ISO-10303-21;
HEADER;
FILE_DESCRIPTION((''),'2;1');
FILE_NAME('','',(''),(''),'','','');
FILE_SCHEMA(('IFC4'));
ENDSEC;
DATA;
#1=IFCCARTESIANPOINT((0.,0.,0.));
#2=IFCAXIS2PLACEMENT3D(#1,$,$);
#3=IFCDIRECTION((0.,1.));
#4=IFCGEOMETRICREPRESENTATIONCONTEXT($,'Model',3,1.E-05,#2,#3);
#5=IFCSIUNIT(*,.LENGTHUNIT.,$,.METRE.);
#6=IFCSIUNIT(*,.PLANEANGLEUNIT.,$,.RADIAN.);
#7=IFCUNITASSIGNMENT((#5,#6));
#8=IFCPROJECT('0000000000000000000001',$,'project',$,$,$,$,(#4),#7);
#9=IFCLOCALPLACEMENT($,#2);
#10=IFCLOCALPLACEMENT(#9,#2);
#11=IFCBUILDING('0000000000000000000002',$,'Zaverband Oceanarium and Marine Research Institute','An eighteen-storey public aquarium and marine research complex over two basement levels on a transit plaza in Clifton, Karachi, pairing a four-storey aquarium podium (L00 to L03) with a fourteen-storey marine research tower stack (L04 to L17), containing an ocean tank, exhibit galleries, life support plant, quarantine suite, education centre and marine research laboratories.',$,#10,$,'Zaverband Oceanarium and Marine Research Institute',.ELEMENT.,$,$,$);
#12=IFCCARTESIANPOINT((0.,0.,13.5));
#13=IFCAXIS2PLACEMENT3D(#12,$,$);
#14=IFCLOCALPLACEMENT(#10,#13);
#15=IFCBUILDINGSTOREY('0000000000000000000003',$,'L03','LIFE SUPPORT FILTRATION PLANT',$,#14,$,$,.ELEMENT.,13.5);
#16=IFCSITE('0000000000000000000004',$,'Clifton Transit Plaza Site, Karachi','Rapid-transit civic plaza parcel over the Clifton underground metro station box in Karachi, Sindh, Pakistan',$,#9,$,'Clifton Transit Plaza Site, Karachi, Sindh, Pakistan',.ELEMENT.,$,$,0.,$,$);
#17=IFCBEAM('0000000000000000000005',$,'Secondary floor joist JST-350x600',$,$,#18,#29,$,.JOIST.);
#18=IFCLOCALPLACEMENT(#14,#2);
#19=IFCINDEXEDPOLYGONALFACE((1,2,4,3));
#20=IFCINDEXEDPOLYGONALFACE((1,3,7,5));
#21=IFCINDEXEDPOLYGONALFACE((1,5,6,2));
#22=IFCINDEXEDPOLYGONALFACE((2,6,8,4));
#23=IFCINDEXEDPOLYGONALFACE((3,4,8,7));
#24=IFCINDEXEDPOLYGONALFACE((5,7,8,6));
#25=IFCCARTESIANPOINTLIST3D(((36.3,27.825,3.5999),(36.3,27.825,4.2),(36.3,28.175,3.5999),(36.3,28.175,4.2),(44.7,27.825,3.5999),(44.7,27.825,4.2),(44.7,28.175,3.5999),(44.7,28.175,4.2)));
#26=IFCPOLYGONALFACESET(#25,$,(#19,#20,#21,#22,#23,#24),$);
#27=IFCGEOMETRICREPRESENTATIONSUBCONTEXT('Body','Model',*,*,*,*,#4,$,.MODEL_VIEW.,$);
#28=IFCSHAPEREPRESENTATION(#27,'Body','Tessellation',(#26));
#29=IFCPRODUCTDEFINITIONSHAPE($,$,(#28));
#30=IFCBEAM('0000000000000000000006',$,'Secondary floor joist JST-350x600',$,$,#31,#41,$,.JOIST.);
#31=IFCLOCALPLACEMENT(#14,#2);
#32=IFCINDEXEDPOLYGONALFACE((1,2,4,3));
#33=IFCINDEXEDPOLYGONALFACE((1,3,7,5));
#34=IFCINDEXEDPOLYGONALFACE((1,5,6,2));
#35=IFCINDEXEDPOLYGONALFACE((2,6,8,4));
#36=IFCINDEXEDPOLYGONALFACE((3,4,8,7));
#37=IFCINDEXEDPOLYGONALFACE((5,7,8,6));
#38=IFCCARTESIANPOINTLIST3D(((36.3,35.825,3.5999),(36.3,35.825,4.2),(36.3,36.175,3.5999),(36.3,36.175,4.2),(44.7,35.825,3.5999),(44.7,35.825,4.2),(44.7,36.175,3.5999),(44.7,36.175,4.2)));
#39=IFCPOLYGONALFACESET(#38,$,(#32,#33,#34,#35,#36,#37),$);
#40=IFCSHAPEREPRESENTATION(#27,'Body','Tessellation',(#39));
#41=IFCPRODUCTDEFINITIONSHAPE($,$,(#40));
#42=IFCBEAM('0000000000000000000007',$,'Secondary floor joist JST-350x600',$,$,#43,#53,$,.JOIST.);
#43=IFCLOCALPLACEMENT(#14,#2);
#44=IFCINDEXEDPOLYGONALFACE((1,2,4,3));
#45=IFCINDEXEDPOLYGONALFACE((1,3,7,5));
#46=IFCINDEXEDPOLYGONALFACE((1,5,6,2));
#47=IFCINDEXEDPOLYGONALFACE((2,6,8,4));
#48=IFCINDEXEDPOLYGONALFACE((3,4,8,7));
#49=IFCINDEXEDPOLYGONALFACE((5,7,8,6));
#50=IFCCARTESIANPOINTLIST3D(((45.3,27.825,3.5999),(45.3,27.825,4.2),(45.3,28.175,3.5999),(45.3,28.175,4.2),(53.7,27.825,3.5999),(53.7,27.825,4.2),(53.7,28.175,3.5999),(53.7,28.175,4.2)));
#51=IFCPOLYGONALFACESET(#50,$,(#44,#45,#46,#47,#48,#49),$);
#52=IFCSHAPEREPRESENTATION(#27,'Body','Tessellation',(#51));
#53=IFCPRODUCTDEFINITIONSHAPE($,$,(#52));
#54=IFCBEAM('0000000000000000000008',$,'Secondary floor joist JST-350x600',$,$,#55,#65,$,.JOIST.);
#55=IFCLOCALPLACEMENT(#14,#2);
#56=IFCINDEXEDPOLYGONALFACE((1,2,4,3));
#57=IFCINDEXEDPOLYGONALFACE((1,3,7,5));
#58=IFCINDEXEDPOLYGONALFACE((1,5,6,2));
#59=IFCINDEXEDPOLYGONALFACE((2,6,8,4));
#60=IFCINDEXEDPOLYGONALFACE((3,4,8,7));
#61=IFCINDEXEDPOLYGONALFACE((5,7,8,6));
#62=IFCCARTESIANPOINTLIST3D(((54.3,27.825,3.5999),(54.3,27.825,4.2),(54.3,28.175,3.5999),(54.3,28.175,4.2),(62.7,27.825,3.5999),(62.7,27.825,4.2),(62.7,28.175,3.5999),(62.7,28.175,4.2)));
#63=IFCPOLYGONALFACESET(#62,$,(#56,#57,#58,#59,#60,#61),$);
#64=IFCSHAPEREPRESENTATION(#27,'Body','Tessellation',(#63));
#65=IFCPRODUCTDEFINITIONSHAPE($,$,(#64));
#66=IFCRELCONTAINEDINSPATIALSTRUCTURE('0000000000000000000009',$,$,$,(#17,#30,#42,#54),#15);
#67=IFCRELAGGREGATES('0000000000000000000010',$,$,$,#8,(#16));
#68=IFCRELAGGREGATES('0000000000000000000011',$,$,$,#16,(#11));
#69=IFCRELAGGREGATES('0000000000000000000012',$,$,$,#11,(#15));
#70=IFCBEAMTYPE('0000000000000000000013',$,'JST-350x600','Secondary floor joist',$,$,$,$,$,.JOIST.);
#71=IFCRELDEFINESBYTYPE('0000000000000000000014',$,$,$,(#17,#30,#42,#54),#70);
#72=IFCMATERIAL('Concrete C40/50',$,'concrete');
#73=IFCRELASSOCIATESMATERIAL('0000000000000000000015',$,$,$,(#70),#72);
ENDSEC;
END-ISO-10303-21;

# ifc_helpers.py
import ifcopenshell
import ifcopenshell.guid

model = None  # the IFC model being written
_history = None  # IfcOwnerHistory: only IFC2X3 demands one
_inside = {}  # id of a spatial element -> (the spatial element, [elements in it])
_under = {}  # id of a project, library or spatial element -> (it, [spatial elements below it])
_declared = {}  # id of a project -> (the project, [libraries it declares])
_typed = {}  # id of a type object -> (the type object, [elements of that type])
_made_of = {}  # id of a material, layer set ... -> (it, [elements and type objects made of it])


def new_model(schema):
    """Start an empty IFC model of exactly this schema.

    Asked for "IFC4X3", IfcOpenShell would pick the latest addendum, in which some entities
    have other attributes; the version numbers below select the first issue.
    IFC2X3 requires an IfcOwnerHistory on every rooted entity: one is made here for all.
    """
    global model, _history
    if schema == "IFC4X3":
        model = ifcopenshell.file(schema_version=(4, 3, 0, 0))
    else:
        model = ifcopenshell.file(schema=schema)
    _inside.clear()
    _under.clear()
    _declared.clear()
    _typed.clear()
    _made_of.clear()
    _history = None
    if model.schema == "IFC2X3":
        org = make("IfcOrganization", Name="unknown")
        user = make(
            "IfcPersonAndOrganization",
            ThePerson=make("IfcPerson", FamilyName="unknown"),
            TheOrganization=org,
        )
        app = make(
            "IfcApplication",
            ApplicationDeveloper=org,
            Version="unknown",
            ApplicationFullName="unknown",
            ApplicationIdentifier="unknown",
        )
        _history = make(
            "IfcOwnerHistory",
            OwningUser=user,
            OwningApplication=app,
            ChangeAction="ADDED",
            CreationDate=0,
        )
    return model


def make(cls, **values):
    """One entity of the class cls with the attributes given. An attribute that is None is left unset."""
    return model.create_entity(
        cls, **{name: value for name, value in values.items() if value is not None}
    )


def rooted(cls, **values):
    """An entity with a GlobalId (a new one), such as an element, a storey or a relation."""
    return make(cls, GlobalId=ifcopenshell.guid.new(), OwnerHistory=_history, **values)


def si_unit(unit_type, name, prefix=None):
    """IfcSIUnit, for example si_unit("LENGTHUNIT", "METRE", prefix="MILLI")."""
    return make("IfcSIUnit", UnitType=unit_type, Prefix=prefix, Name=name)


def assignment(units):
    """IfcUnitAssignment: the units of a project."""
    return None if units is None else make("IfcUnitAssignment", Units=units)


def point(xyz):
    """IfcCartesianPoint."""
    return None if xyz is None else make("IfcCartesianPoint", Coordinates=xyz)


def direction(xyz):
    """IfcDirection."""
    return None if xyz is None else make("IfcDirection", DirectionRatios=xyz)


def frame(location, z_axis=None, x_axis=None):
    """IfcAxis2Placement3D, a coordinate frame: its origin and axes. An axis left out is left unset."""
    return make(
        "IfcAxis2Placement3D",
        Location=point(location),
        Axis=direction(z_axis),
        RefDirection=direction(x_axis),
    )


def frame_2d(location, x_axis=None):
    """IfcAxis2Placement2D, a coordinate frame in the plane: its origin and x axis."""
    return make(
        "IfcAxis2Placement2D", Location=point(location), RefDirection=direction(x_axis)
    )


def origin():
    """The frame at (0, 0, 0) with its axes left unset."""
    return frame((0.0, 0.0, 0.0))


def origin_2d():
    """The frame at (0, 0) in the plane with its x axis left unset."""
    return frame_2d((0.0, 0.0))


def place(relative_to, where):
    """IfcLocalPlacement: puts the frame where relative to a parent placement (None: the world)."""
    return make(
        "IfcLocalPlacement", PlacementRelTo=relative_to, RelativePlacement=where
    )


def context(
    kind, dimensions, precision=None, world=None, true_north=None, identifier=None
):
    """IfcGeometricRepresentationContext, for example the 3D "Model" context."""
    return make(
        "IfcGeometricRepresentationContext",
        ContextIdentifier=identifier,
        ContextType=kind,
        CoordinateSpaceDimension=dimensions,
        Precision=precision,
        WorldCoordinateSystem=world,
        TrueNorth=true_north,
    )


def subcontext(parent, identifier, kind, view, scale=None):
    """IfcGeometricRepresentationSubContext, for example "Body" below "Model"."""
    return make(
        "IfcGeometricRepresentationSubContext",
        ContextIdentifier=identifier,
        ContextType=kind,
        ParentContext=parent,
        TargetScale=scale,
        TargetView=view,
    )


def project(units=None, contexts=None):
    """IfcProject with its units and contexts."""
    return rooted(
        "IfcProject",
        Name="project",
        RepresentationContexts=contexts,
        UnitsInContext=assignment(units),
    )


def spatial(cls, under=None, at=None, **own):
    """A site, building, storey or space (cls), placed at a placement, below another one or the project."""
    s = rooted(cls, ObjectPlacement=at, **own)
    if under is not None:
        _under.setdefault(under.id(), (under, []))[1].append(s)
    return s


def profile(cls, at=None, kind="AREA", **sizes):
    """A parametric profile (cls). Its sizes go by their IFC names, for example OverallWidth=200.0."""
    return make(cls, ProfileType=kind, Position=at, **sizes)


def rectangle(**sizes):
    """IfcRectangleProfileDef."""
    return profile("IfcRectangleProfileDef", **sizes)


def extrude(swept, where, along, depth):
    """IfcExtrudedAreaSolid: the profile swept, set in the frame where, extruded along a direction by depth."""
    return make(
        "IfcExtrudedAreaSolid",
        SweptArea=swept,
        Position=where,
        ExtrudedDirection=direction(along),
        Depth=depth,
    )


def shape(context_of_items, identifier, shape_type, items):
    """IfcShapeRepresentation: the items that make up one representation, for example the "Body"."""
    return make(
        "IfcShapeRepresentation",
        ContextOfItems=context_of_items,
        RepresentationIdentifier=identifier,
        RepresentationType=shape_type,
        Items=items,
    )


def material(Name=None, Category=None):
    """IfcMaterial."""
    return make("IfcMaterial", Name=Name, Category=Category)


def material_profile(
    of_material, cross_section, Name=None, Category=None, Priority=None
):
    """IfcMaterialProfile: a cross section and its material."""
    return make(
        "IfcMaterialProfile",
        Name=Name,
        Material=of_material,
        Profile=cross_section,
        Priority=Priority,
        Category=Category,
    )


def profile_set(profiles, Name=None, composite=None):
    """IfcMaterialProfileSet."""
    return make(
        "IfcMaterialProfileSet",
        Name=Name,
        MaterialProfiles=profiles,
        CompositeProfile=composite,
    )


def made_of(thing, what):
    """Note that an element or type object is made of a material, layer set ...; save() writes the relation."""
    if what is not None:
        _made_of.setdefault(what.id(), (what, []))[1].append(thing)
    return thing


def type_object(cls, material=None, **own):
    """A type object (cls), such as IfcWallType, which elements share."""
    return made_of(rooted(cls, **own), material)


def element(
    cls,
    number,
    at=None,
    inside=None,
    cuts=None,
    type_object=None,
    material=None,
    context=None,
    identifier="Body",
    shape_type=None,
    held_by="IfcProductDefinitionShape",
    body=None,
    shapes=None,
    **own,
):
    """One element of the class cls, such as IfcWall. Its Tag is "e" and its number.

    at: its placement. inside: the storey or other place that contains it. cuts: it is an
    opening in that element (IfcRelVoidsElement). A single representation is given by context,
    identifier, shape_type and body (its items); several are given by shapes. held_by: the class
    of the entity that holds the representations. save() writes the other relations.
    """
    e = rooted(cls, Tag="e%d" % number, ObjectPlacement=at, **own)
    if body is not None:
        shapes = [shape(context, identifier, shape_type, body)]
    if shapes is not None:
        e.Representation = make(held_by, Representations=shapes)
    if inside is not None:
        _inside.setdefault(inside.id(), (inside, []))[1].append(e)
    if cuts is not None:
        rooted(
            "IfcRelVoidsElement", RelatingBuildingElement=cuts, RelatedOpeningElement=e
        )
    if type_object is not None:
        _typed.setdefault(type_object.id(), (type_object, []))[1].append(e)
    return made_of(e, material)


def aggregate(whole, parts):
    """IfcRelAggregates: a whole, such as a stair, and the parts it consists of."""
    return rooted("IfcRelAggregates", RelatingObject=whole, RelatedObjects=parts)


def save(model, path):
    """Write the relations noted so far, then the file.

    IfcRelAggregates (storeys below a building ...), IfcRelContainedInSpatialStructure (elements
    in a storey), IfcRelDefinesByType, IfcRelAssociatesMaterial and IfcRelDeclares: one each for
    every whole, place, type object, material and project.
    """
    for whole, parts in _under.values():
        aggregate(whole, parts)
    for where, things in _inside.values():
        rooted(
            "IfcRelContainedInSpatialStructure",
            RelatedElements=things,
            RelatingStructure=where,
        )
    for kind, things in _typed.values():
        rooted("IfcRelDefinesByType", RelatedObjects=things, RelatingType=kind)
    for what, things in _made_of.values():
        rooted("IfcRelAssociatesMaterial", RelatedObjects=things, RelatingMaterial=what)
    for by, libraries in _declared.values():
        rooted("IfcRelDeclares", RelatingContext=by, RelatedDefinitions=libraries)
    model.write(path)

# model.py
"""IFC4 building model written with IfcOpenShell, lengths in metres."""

from ifc_helpers import new_model, si_unit, direction, frame, origin, origin_2d, place, context, subcontext, project, spatial, rectangle, extrude, material, material_profile, profile_set, type_object, element, save


model = new_model("IFC4")

# Units and contexts
model_context = context("Model", 3, precision=1e-05, world=origin(), true_north=direction((0.0, 1.0)))
body_context = subcontext(model_context, "Body", "Model", "MODEL_VIEW")
ifc_project = project(units=[si_unit("LENGTHUNIT", "METRE"), si_unit("PLANEANGLEUNIT", "RADIAN")], contexts=[model_context])

# Site, building, storey
site_placement = place(None, origin())
site = spatial("IfcSite", under=ifc_project, at=site_placement, Name="Clifton Transit Plaza Site, Karachi", Description="Rapid-transit civic plaza parcel over the Clifton underground metro station box in Karachi, Sindh, Pakistan", LongName="Clifton Transit Plaza Site, Karachi, Sindh, Pakistan", CompositionType="ELEMENT", RefElevation=0.0)
building_placement = place(site_placement, origin())
building = spatial("IfcBuilding", under=site, at=building_placement, Name="Zaverband Oceanarium and Marine Research Institute", Description="An eighteen-storey public aquarium and marine research complex over two basement levels on a transit plaza in Clifton, Karachi, pairing a four-storey aquarium podium (L00 to L03) with a fourteen-storey marine research tower stack (L04 to L17), containing an ocean tank, exhibit galleries, life support plant, quarantine suite, education centre and marine research laboratories.", LongName="Zaverband Oceanarium and Marine Research Institute", CompositionType="ELEMENT")
storey_placement = place(building_placement, frame((0.0, 0.0, 13.5)))
storey = spatial("IfcBuildingStorey", under=building, at=storey_placement, Name="L03", Description="LIFE SUPPORT FILTRATION PLANT", CompositionType="ELEMENT", Elevation=13.5)

# Beams
ifc_material_1 = material(Name="Concrete C40/50", Category="concrete")
ifc_material_profile_1 = material_profile(ifc_material_1, rectangle(XDim=0.3501, YDim=0.6001, at=origin_2d()), Name="RC350x600")
ifc_profile_set_1 = profile_set([ifc_material_profile_1], Name="Concrete C40/50")
beam_type_1 = type_object("IfcBeamType", Name="JST-350x600", Description="Secondary floor joist", PredefinedType="JOIST", material=ifc_profile_set_1)
for number, where, z_axis, x_axis, name in (
    (1, (36.3, 28.0, 3.8999), (1.0, 0.0, 0.0), (0.0, 1.0, 0.0), "Secondary floor joist JST-350x600"),
    (2, (36.3, 36.0, 3.8999), (1.0, 0.0, 0.0), (0.0, 1.0, 0.0), "Secondary floor joist JST-350x600"),
    (3, (45.3, 28.0, 3.8999), (1.0, 0.0, 0.0), (0.0, 1.0, 0.0), "Secondary floor joist JST-350x600"),
    (4, (54.3, 28.0, 3.8999), (1.0, 0.0, 0.0), (0.0, 1.0, 0.0), "Secondary floor joist JST-350x600"),
):
    element("IfcBeam", number, at=place(storey_placement, frame(where, z_axis=z_axis, x_axis=x_axis)), inside=storey, type_object=beam_type_1, Name=name, PredefinedType="JOIST", context=body_context, shape_type="SweptSolid", body=[
        extrude(rectangle(XDim=0.3501, YDim=0.6001, at=origin_2d()), origin(), (0.0, 0.0, 1.0), 8.3999),
    ])

save(model, "model.ifc")
